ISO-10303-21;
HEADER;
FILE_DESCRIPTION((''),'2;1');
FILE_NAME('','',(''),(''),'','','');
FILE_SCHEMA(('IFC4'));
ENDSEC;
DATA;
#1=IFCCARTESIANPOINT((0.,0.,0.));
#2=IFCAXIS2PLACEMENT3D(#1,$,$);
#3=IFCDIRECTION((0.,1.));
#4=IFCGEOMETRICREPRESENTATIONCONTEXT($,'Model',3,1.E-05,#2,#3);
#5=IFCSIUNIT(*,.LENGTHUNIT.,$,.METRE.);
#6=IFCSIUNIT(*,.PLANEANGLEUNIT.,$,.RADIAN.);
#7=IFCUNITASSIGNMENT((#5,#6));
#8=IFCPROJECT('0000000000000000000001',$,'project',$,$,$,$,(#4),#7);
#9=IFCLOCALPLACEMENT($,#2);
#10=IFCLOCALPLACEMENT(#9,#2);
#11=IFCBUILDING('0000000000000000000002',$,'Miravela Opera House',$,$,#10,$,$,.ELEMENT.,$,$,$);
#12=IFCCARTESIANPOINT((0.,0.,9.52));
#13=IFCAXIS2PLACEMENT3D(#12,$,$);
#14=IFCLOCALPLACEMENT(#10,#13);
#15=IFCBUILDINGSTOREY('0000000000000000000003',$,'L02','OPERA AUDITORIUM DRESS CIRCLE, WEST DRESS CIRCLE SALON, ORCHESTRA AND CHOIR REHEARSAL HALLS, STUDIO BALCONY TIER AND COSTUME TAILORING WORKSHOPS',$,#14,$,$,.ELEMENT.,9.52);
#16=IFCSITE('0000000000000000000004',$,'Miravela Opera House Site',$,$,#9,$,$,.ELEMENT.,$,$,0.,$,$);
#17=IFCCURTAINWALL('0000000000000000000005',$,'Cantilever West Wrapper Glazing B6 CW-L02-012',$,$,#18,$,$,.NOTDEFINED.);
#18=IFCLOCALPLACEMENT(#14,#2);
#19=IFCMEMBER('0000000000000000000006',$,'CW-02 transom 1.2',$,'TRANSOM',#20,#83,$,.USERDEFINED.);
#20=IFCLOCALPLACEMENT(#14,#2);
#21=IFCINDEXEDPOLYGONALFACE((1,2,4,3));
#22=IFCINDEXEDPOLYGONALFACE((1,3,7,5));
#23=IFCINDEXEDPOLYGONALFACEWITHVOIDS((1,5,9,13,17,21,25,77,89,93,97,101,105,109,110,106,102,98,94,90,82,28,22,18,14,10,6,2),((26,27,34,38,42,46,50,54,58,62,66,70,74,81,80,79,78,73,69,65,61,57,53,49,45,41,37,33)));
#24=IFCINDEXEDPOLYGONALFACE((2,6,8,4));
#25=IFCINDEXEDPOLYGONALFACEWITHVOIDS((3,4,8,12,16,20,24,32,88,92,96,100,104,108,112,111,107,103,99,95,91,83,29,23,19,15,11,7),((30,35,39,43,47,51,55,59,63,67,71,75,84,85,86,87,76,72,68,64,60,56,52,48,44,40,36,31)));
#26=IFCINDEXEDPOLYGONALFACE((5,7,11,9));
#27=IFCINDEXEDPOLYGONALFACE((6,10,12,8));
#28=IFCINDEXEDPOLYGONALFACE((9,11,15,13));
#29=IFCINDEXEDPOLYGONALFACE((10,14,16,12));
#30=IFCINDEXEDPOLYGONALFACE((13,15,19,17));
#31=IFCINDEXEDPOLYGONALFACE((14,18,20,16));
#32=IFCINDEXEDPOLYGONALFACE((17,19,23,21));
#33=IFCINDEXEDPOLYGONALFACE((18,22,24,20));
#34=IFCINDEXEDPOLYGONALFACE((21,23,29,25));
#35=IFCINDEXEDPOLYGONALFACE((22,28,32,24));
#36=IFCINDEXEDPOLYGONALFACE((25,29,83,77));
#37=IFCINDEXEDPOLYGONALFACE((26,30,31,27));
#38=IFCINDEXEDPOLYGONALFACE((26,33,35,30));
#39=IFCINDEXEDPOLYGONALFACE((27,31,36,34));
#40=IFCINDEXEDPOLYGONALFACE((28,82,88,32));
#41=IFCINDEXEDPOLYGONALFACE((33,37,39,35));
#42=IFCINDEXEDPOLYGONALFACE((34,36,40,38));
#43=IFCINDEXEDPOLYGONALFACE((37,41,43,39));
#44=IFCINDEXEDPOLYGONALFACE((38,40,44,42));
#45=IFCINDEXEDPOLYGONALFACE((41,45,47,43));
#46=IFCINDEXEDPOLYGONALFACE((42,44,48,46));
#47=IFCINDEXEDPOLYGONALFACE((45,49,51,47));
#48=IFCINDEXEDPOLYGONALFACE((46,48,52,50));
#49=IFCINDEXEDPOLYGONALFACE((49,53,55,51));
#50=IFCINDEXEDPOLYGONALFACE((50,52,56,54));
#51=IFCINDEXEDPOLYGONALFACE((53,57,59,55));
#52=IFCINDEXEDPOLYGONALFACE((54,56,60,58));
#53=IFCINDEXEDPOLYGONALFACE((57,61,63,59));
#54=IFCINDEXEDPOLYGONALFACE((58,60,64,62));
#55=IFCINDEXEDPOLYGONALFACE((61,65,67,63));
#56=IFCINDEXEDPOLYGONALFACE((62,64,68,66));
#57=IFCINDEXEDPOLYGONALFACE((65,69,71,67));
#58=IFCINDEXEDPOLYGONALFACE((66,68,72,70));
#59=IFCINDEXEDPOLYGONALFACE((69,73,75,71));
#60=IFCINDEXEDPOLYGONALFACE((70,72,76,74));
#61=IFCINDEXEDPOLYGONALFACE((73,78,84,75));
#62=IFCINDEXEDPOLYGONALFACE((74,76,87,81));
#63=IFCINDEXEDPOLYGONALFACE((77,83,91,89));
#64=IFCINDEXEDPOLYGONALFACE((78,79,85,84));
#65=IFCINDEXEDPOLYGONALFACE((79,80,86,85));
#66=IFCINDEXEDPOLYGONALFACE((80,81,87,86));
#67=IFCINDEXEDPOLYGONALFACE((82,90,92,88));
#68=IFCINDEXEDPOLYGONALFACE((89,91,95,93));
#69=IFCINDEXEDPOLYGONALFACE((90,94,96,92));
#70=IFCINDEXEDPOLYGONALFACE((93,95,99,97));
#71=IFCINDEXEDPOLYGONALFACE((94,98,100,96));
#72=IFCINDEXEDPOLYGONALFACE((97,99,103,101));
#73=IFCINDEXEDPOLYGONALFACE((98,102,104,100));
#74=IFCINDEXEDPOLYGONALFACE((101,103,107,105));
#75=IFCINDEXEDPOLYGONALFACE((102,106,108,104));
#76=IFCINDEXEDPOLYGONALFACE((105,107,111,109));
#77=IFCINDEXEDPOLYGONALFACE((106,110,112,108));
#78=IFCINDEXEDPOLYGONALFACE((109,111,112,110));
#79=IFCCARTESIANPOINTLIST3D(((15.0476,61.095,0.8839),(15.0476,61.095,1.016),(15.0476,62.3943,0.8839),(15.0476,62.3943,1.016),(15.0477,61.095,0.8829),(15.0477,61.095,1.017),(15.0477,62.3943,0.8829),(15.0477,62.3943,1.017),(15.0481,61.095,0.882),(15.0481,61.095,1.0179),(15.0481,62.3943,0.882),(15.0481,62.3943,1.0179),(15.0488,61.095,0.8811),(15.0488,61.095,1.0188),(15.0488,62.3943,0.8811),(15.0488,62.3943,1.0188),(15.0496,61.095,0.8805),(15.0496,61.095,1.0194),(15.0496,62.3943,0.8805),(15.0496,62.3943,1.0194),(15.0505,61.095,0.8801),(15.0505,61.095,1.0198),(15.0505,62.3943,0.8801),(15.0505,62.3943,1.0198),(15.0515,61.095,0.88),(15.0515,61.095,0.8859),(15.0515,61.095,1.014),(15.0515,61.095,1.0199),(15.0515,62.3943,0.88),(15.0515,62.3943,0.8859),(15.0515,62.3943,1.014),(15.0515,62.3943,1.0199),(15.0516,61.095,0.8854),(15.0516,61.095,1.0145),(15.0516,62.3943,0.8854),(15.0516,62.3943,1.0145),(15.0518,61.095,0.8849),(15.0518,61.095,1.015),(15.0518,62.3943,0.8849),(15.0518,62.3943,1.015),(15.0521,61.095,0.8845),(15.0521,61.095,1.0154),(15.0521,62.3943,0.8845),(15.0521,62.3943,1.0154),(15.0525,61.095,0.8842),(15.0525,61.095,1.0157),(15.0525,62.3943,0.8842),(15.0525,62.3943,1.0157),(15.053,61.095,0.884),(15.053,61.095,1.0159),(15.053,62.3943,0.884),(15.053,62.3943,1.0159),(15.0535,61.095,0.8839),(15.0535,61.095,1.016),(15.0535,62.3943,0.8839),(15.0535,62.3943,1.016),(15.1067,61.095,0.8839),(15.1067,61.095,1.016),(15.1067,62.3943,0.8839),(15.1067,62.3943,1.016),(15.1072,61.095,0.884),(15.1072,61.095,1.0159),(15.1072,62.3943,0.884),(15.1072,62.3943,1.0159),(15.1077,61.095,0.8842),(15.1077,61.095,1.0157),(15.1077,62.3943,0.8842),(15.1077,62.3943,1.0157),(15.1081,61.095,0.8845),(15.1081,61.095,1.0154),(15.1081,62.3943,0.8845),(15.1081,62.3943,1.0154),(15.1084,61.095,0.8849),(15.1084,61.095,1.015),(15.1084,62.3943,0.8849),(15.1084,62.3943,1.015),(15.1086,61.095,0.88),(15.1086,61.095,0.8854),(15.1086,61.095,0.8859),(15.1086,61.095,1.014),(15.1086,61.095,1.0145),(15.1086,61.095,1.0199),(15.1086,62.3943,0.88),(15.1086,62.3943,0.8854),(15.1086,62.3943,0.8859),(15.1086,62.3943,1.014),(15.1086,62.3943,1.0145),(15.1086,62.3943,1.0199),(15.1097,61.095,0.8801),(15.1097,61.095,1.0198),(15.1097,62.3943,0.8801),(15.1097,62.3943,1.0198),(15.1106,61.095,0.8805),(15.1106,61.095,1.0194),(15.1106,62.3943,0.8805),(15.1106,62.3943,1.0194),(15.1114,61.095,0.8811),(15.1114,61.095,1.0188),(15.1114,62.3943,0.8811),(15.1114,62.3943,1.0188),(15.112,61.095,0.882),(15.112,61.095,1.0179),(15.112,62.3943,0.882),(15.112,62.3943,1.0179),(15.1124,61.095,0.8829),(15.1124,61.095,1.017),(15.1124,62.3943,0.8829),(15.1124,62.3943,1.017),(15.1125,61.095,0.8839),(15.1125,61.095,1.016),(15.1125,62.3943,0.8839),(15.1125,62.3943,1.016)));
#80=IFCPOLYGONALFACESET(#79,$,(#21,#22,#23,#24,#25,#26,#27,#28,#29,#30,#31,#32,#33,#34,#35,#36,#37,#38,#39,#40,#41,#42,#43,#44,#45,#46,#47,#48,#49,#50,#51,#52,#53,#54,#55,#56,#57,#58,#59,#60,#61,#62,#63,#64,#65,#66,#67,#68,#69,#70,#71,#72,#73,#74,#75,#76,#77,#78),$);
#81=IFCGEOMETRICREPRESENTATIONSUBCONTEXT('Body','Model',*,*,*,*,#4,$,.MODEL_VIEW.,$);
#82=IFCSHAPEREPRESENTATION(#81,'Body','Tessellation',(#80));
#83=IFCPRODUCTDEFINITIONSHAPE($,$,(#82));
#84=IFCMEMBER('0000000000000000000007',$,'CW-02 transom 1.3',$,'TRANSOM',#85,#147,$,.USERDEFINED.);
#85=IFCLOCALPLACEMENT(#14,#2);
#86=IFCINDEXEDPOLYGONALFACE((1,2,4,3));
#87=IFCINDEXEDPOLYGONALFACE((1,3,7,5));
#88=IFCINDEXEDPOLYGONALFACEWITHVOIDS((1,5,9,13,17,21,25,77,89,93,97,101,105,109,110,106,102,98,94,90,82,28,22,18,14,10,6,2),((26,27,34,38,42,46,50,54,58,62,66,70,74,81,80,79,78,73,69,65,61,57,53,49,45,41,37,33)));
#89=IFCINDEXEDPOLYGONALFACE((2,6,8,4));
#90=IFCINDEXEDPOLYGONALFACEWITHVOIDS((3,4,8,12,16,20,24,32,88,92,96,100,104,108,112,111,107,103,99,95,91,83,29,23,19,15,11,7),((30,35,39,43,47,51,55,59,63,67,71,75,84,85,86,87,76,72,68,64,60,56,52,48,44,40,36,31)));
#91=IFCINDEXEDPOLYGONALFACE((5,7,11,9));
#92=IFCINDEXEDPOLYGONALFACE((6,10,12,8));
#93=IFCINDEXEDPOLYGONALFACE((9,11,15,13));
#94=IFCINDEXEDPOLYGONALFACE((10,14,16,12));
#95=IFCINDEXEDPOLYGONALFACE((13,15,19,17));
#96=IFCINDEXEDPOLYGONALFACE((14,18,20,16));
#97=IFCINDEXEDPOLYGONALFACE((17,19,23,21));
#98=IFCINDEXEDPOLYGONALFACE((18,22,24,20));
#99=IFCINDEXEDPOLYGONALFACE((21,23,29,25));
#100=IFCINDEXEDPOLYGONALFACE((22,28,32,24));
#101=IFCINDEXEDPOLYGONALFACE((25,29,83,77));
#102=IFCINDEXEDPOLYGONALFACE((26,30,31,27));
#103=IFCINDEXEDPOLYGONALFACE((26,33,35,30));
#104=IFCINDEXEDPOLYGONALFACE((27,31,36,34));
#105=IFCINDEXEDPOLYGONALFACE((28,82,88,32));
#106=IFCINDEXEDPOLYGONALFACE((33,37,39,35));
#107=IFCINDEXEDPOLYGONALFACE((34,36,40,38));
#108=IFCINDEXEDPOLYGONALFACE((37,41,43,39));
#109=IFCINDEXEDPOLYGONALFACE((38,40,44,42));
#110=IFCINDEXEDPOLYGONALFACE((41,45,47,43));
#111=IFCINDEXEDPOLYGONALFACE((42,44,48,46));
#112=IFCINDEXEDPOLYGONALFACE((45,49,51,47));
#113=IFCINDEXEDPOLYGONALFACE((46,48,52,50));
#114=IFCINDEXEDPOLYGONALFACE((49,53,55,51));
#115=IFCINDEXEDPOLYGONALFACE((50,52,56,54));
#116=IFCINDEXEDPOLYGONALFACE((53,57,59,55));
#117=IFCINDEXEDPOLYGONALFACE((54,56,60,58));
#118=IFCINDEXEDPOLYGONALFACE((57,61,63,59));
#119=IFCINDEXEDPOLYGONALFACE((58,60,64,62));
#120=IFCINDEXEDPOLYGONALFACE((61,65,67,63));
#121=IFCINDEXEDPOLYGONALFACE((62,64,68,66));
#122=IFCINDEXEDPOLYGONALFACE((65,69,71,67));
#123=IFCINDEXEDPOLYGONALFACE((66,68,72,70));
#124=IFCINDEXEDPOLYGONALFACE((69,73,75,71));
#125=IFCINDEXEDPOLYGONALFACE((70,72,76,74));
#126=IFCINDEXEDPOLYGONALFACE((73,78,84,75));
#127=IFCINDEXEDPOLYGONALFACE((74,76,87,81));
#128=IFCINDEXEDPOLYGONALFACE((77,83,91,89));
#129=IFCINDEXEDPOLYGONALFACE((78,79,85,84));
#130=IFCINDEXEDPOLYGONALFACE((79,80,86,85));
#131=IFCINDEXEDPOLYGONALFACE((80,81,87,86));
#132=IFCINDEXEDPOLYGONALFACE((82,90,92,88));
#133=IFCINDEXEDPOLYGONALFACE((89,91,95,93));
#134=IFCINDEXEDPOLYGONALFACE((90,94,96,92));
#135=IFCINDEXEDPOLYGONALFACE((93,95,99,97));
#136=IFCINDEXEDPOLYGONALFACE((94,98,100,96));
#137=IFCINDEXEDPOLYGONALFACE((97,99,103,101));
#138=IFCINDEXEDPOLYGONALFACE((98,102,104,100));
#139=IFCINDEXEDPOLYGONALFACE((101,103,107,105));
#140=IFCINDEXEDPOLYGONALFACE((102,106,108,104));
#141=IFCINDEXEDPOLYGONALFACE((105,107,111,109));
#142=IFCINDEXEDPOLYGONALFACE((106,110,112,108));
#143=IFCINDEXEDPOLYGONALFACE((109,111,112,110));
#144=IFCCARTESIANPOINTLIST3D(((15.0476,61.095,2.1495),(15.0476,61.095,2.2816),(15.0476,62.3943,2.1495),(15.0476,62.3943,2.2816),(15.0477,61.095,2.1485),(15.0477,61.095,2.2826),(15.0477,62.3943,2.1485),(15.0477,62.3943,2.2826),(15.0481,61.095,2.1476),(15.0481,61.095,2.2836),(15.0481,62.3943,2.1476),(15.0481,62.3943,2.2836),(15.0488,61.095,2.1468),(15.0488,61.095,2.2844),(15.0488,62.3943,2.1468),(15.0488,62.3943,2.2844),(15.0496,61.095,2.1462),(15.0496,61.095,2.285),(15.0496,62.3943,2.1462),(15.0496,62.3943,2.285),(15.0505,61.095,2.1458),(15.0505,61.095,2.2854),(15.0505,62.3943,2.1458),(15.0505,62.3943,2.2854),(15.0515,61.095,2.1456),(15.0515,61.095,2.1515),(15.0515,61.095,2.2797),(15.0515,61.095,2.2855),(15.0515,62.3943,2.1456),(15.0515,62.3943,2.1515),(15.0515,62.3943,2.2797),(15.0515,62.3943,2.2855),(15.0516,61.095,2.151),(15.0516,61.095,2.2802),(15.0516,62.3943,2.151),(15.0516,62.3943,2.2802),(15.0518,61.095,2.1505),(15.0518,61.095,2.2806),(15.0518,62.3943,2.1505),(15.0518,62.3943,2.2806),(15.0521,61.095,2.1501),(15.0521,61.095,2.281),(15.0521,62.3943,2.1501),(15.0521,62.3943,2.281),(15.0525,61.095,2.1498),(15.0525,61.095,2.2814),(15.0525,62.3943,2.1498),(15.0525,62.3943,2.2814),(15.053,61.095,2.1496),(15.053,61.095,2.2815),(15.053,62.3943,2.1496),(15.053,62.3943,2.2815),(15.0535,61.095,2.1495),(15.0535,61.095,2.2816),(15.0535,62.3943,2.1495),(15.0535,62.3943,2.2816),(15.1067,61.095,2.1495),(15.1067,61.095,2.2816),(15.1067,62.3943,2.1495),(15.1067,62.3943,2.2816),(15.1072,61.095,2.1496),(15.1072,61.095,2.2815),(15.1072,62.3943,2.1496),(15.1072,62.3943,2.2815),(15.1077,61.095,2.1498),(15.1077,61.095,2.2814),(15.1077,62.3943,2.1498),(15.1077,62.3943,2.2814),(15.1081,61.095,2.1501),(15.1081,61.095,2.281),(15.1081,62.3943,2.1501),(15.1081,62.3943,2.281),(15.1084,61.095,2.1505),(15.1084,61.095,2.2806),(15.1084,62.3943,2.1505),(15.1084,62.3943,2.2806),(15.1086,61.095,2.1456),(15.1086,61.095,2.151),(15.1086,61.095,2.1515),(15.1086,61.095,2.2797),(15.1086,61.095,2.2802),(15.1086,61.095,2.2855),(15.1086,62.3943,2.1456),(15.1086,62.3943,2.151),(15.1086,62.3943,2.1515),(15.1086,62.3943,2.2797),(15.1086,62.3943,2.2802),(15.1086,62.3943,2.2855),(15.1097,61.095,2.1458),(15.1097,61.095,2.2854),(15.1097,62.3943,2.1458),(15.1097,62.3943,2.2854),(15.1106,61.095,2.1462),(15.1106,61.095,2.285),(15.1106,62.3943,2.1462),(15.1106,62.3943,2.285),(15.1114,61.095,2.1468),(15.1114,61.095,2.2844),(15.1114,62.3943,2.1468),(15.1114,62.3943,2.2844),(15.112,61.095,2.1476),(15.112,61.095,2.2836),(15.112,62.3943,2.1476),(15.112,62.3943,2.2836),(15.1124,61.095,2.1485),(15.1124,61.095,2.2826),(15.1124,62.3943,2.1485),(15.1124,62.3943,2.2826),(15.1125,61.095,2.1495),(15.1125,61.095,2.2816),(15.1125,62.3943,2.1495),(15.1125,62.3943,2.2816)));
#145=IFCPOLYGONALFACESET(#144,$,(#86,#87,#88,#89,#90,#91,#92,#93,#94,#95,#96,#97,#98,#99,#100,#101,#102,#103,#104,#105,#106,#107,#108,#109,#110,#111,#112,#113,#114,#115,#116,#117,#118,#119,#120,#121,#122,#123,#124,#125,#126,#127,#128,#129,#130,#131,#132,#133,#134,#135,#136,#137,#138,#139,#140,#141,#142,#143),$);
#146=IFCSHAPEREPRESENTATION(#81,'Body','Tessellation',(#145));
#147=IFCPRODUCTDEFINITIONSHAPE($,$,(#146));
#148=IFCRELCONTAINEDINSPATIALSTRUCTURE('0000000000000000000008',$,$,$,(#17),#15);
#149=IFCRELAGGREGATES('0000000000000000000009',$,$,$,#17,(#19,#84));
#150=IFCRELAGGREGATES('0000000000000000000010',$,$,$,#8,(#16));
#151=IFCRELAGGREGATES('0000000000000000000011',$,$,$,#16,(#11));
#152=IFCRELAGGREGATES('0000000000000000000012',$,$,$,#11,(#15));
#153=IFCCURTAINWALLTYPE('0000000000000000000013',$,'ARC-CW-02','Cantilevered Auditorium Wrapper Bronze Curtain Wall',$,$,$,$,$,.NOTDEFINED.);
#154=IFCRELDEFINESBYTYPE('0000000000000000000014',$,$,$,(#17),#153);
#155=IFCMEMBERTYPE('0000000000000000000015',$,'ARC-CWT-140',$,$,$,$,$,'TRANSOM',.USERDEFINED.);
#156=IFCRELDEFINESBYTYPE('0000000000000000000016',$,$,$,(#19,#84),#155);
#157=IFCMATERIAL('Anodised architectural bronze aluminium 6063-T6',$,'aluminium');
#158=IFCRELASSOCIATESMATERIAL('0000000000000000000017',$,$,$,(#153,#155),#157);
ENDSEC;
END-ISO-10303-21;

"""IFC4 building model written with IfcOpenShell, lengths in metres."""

from ifc_helpers import new_model, si_unit, direction, frame, origin, origin_2d, place, context, subcontext, project, spatial, hollow_rectangle, extrude, material, material_profile, profile_set, type_object, element, aggregate, save


model = new_model("IFC4")

# Units and contexts
model_context = context("Model", 3, precision=1e-05, world=origin(), true_north=direction((0.0, 1.0)))
body_context = subcontext(model_context, "Body", "Model", "MODEL_VIEW")
ifc_project = project(units=[si_unit("LENGTHUNIT", "METRE"), si_unit("PLANEANGLEUNIT", "RADIAN")], contexts=[model_context])

# Site, building, storey
site_placement = place(None, origin())
site = spatial("IfcSite", under=ifc_project, at=site_placement, Name="Miravela Opera House Site", CompositionType="ELEMENT", RefElevation=0.0)
building_placement = place(site_placement, origin())
building = spatial("IfcBuilding", under=site, at=building_placement, Name="Miravela Opera House", CompositionType="ELEMENT")
storey_placement = place(building_placement, frame((0.0, 0.0, 9.52)))
storey = spatial("IfcBuildingStorey", under=building, at=storey_placement, Name="L02", Description="OPERA AUDITORIUM DRESS CIRCLE, WEST DRESS CIRCLE SALON, ORCHESTRA AND CHOIR REHEARSAL HALLS, STUDIO BALCONY TIER AND COSTUME TAILORING WORKSHOPS", CompositionType="ELEMENT", Elevation=9.52)

# Curtain wall
ifc_material_1 = material(Name="Anodised architectural bronze aluminium 6063-T6", Category="aluminium")
curtain_wall_type = type_object("IfcCurtainWallType", Name="ARC-CW-02", Description="Cantilevered Auditorium Wrapper Bronze Curtain Wall", PredefinedType="NOTDEFINED", material=ifc_material_1)
curtain_wall_1_placement = place(storey_placement, origin())
curtain_wall_1 = element("IfcCurtainWall", 1, at=curtain_wall_1_placement, inside=storey, type_object=curtain_wall_type, Name="Cantilever West Wrapper Glazing B6 CW-L02-012", PredefinedType="NOTDEFINED")

# Members
ifc_material_profile_1 = material_profile(ifc_material_1, hollow_rectangle(XDim=0.0649, YDim=0.1399, WallThickness=0.0039, InnerFilletRadius=0.002, OuterFilletRadius=0.0039, at=origin_2d()), Name="CWT-65X140")
ifc_profile_set_1 = profile_set([ifc_material_profile_1])
member_type_1 = type_object("IfcMemberType", Name="ARC-CWT-140", ElementType="TRANSOM", PredefinedType="USERDEFINED", material=ifc_profile_set_1)
member_1_placement = place(storey_placement, frame((15.0801, 61.095, 0.95), z_axis=(0.0, 1.0, 0.0), x_axis=(-1.0, 0.0, 0.0)))
member_1 = element("IfcMember", 2, at=member_1_placement, type_object=member_type_1, Name="CW-02 transom 1.2", ObjectType="TRANSOM", PredefinedType="USERDEFINED", context=body_context, shape_type="SweptSolid", body=[
    extrude(hollow_rectangle(XDim=0.0649, YDim=0.1399, WallThickness=0.0039, InnerFilletRadius=0.002, OuterFilletRadius=0.0039, at=origin_2d()), origin(), (0.0, 0.0, 1.0), 1.2993),
])
member_2_placement = place(storey_placement, frame((15.0801, 61.095, 2.2156), z_axis=(0.0, 1.0, 0.0), x_axis=(-1.0, 0.0, 0.0)))
member_2 = element("IfcMember", 3, at=member_2_placement, type_object=member_type_1, Name="CW-02 transom 1.3", ObjectType="TRANSOM", PredefinedType="USERDEFINED", context=body_context, shape_type="SweptSolid", body=[
    extrude(hollow_rectangle(XDim=0.0649, YDim=0.1399, WallThickness=0.0039, InnerFilletRadius=0.002, OuterFilletRadius=0.0039, at=origin_2d()), origin(), (0.0, 0.0, 1.0), 1.2993),
])

aggregate(curtain_wall_1, [member_1, member_2])

save(model, "model.ifc")
